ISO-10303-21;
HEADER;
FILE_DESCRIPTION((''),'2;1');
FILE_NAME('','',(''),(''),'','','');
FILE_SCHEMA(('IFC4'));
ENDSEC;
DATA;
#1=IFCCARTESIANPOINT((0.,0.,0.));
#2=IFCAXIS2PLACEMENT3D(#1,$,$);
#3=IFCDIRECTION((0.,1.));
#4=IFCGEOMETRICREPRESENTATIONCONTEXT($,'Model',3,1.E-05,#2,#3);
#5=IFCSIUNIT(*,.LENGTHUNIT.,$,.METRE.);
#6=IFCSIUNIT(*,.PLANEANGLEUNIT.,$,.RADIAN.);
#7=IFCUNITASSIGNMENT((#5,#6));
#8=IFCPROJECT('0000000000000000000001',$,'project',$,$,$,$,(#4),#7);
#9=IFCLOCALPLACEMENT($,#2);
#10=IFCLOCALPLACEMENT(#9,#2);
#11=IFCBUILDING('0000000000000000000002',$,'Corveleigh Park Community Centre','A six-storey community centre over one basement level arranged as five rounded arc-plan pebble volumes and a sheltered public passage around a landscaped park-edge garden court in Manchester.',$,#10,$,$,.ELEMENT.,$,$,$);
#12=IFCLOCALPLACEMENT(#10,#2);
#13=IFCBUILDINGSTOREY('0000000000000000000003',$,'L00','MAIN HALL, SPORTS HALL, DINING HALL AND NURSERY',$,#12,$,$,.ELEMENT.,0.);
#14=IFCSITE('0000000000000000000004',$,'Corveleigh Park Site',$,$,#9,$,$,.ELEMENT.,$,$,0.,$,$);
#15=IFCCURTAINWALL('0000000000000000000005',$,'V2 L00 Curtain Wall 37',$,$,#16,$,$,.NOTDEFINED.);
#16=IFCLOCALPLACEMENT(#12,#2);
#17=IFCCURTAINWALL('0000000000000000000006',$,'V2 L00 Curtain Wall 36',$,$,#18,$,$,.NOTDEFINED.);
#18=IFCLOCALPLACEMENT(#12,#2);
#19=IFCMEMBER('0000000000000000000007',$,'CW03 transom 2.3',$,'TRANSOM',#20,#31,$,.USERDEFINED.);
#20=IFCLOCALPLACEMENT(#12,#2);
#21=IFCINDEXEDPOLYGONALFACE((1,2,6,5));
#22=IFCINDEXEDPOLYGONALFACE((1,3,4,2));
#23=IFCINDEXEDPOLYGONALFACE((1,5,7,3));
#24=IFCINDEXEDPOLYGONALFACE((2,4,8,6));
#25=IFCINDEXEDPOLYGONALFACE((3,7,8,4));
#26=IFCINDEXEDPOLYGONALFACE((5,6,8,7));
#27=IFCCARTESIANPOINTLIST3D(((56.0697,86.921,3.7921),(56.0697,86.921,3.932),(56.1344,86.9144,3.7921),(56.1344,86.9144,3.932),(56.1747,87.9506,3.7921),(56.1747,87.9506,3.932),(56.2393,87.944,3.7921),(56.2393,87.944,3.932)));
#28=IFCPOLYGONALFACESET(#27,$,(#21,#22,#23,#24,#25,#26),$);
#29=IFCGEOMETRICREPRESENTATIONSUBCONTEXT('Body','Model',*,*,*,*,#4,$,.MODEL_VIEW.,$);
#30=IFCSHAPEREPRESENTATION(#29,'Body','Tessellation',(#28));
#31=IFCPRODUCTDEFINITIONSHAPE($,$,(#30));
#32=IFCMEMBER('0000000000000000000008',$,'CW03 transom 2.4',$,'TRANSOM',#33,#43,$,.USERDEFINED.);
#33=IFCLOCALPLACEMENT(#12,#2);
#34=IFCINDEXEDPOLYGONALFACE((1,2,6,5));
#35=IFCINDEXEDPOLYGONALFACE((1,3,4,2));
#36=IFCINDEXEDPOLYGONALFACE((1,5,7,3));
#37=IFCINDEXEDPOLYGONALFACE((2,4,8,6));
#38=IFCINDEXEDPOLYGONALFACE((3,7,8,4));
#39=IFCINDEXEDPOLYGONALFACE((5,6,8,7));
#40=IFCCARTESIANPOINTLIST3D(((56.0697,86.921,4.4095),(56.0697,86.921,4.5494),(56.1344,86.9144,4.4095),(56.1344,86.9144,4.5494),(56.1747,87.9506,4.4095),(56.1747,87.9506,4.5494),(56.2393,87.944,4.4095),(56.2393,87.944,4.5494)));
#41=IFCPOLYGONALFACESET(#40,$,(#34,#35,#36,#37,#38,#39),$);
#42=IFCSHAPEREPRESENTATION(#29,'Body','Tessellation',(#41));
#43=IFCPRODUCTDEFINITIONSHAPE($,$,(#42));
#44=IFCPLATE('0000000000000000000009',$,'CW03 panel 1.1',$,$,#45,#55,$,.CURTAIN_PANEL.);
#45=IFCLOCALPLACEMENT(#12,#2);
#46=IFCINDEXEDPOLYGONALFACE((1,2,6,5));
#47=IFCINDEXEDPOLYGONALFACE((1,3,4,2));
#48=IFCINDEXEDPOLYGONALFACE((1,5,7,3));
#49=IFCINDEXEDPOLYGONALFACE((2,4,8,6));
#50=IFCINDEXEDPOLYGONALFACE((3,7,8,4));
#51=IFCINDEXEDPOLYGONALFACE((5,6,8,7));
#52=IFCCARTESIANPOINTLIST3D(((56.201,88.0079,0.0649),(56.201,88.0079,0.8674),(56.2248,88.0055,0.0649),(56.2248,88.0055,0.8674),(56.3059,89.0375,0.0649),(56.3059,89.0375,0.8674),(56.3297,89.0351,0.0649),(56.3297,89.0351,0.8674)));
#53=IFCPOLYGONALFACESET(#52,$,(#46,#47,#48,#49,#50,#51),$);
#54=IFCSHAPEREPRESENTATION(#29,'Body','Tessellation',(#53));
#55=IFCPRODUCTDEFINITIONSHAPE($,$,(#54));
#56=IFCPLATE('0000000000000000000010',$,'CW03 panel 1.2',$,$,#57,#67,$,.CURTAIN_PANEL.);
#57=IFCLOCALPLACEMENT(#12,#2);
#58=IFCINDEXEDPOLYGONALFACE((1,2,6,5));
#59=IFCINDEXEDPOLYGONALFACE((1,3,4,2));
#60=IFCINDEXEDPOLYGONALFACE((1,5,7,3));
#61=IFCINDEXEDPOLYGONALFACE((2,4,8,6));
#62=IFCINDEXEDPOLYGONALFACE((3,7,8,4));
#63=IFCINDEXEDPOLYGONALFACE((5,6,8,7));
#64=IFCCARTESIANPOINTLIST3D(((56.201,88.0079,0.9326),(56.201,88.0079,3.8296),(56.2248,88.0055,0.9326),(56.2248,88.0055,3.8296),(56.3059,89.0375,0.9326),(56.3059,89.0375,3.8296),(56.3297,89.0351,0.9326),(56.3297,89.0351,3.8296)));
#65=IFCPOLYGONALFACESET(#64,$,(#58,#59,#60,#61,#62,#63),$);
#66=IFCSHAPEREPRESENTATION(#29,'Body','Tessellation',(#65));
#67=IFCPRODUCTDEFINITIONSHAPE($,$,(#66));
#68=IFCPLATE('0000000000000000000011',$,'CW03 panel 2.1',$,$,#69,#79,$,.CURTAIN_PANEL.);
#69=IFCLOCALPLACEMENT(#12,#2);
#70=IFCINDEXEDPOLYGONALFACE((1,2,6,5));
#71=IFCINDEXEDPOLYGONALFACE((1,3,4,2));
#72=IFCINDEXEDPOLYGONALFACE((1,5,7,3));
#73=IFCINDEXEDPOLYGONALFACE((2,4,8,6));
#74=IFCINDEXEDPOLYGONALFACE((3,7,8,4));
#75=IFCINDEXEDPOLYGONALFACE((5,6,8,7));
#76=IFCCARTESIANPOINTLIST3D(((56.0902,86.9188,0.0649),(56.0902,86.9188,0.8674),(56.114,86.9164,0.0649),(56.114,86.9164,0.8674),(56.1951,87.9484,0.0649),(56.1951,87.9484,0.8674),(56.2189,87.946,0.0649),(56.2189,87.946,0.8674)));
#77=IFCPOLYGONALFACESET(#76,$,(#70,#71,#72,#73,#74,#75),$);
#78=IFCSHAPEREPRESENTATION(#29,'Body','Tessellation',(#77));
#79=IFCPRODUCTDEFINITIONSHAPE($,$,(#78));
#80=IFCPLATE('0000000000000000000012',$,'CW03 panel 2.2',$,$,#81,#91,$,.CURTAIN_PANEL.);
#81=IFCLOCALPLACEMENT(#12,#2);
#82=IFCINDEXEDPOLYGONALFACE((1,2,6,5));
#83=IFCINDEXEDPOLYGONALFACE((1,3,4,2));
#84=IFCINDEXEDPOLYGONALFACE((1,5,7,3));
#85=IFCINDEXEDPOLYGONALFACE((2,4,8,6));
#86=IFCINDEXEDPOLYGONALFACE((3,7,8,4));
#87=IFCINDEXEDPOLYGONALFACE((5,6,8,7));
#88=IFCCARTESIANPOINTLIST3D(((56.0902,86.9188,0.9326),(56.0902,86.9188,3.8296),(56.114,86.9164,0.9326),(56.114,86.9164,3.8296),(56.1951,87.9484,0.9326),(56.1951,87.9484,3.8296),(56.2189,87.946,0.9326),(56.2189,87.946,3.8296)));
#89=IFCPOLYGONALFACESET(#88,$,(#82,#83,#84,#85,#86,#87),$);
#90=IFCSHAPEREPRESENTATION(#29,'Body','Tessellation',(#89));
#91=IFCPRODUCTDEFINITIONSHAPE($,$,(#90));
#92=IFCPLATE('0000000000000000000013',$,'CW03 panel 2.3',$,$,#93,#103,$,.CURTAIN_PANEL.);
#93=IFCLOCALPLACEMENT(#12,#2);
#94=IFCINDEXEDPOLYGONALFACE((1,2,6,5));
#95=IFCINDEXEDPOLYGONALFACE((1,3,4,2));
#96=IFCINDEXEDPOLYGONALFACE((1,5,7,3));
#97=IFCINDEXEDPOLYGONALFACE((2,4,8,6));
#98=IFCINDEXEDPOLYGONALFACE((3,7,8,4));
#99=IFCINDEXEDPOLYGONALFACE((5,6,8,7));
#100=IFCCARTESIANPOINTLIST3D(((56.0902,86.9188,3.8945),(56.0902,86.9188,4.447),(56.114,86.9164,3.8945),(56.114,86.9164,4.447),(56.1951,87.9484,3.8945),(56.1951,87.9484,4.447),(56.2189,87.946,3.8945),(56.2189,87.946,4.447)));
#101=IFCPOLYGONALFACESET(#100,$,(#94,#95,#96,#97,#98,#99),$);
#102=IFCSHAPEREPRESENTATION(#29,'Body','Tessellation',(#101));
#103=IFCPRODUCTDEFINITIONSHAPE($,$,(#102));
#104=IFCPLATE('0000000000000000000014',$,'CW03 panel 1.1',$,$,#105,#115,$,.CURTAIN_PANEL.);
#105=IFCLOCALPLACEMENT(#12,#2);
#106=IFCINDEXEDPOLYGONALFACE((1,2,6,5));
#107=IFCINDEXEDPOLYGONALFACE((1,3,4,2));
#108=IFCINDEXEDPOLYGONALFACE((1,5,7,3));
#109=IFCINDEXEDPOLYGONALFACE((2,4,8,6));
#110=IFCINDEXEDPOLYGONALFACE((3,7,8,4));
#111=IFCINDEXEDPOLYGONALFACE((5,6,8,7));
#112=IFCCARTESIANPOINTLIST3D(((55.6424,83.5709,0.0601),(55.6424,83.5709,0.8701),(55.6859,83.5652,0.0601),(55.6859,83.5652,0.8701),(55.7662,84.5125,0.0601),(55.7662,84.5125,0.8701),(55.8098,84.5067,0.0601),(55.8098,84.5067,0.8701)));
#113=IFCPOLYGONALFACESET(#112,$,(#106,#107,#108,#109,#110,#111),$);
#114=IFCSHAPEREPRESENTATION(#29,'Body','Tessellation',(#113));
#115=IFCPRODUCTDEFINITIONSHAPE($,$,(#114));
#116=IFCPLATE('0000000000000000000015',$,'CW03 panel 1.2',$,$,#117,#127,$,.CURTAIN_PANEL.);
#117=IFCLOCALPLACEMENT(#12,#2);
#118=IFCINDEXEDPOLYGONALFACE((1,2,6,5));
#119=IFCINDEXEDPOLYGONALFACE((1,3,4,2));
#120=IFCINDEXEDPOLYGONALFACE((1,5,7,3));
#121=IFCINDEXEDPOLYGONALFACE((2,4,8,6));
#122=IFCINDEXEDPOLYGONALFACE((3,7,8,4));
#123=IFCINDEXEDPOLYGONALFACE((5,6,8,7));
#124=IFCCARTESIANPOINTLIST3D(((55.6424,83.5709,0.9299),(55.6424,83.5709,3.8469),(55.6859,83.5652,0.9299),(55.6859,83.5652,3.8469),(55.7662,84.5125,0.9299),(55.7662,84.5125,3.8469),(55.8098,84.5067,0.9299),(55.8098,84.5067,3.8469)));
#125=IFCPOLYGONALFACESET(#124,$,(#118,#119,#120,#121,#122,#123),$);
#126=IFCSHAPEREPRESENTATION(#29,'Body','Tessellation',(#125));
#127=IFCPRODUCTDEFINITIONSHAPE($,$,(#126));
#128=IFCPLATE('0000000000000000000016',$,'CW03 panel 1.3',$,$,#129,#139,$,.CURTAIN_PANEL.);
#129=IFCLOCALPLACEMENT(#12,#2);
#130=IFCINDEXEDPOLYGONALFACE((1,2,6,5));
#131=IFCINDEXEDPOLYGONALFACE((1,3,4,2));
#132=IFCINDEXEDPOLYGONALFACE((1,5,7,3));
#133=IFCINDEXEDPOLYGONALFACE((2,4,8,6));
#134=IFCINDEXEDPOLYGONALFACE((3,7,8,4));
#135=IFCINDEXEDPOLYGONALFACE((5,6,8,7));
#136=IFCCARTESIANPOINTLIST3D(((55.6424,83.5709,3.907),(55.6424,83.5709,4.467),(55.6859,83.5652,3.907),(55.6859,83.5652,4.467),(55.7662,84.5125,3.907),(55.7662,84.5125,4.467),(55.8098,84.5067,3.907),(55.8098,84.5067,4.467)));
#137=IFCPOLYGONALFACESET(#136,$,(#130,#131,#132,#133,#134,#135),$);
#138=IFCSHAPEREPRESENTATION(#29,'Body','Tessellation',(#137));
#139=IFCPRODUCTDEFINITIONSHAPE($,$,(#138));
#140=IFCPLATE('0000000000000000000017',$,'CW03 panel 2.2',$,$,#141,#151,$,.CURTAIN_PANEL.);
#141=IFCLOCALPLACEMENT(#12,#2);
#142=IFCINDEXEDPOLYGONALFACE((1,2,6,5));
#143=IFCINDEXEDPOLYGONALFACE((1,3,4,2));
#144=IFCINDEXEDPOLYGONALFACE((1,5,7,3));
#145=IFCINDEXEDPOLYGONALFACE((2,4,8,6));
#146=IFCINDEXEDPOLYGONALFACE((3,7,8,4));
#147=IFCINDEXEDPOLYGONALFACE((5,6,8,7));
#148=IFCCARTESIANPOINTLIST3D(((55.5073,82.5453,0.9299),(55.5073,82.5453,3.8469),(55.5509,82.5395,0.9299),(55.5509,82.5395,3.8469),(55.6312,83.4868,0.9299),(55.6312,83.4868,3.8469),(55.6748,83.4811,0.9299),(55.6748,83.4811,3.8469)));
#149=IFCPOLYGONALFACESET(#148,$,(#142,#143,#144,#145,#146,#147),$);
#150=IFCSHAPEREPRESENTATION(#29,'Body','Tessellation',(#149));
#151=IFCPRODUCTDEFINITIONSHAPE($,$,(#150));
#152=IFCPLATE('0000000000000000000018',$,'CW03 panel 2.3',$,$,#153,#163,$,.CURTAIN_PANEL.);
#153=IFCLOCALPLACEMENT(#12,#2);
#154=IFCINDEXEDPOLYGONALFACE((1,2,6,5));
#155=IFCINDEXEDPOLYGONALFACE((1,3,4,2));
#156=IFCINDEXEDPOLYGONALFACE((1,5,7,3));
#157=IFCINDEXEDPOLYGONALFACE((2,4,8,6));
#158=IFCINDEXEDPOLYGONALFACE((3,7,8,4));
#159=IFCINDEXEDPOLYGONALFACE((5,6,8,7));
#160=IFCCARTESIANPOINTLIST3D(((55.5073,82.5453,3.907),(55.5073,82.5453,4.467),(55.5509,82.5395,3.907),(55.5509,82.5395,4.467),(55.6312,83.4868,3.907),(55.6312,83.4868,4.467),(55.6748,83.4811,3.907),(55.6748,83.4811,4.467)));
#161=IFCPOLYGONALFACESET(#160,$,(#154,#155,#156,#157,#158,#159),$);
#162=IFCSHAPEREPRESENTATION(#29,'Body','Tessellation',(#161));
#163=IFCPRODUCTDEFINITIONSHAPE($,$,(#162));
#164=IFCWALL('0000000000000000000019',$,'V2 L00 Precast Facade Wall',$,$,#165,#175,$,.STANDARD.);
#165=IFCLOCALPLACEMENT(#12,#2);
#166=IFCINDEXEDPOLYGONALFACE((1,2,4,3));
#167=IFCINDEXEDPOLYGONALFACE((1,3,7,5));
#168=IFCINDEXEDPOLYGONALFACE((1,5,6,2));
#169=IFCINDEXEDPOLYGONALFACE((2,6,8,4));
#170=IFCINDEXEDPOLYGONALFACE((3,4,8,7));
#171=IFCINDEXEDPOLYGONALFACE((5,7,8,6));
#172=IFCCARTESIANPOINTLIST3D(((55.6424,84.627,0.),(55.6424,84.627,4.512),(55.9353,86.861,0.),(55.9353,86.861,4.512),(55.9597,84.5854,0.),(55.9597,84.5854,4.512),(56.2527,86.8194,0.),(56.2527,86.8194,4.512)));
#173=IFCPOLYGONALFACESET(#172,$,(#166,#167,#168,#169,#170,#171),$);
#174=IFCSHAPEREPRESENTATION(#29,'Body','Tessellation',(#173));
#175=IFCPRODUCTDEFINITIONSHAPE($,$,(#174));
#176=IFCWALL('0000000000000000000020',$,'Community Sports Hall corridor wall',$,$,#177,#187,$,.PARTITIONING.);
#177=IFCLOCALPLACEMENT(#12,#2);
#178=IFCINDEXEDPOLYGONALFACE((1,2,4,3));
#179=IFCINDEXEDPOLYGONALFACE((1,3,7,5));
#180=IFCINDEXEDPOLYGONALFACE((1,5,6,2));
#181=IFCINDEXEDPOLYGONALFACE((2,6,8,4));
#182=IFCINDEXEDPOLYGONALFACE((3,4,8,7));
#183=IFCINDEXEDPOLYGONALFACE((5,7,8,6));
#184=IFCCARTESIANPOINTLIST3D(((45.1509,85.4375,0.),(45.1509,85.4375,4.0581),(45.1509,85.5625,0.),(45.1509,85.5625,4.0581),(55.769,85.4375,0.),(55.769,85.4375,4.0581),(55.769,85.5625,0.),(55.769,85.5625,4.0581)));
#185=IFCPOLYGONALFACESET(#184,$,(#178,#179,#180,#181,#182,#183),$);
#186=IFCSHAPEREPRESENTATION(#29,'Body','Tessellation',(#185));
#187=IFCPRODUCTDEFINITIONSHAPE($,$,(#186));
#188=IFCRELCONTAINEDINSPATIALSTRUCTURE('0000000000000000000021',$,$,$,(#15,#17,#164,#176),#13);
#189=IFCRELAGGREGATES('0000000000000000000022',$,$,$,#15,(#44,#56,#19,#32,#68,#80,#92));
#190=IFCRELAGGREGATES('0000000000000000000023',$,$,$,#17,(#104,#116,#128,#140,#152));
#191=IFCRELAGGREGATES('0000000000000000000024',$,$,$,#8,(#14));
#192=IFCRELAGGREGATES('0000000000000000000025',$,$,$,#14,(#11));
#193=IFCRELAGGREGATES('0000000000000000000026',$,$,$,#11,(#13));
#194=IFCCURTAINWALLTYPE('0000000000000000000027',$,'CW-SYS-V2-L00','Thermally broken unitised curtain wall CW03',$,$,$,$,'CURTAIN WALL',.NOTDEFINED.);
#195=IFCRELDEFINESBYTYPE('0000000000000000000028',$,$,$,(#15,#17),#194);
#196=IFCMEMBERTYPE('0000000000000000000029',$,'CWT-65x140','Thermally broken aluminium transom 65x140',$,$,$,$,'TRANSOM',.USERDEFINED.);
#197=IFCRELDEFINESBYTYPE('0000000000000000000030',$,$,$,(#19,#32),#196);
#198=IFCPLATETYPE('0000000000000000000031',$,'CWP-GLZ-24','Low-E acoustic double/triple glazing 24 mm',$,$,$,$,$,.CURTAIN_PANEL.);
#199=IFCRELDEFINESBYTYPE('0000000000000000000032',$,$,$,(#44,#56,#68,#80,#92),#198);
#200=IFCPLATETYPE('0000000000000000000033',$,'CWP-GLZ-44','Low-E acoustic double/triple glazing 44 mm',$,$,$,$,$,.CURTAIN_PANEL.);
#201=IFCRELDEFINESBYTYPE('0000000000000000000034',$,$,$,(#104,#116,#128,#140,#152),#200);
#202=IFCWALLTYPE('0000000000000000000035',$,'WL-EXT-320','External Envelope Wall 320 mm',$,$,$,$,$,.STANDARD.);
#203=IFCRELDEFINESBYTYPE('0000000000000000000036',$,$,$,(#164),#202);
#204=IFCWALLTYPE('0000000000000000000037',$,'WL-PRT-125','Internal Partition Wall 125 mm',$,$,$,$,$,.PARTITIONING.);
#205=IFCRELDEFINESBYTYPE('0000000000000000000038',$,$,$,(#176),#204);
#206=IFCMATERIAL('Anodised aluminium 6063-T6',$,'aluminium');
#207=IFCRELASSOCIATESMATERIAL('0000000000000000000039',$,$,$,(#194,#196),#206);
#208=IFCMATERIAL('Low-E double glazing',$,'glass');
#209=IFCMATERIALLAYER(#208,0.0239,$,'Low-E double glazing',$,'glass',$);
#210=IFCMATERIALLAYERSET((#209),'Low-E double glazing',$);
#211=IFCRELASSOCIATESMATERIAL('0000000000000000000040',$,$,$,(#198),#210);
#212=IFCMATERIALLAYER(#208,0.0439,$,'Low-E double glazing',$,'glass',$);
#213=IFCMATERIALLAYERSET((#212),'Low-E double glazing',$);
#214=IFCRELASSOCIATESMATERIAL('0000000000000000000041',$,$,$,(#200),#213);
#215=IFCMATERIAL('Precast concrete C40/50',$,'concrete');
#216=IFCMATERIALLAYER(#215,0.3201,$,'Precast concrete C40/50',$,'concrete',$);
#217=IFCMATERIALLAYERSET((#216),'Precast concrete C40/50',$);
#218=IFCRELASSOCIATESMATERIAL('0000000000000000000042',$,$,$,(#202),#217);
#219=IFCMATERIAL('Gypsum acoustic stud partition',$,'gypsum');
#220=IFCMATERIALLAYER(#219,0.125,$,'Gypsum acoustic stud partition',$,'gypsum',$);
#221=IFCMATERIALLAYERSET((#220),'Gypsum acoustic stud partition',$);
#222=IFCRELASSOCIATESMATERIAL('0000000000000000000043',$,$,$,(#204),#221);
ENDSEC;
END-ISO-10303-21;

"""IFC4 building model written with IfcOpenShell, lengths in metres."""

from ifc_helpers import new_model, si_unit, direction, frame, frame_2d, origin, origin_2d, place, context, subcontext, project, spatial, rectangle, extrude, material, layer, layer_set, material_profile, profile_set, type_object, element, aggregate, save


model = new_model("IFC4")

# Units and contexts
model_context = context("Model", 3, precision=1e-05, world=origin(), true_north=direction((0.0, 1.0)))
body_context = subcontext(model_context, "Body", "Model", "MODEL_VIEW")
ifc_project = project(units=[si_unit("LENGTHUNIT", "METRE"), si_unit("PLANEANGLEUNIT", "RADIAN")], contexts=[model_context])

# Site, building, storey
site_placement = place(None, origin())
site = spatial("IfcSite", under=ifc_project, at=site_placement, Name="Corveleigh Park Site", CompositionType="ELEMENT", RefElevation=0.0)
building_placement = place(site_placement, origin())
building = spatial("IfcBuilding", under=site, at=building_placement, Name="Corveleigh Park Community Centre", Description="A six-storey community centre over one basement level arranged as five rounded arc-plan pebble volumes and a sheltered public passage around a landscaped park-edge garden court in Manchester.", CompositionType="ELEMENT")
storey_placement = place(building_placement, origin())
storey = spatial("IfcBuildingStorey", under=building, at=storey_placement, Name="L00", Description="MAIN HALL, SPORTS HALL, DINING HALL AND NURSERY", CompositionType="ELEMENT", Elevation=0.0)

# Curtain walls
ifc_material_1 = material(Name="Anodised aluminium 6063-T6", Category="aluminium")
curtain_wall_type = type_object("IfcCurtainWallType", Name="CW-SYS-V2-L00", Description="Thermally broken unitised curtain wall CW03", ElementType="CURTAIN WALL", PredefinedType="NOTDEFINED", material=ifc_material_1)
curtain_wall_1_placement = place(storey_placement, origin())
curtain_wall_1 = element("IfcCurtainWall", 1, at=curtain_wall_1_placement, inside=storey, type_object=curtain_wall_type, Name="V2 L00 Curtain Wall 37", PredefinedType="NOTDEFINED")
curtain_wall_2_placement = place(storey_placement, origin())
curtain_wall_2 = element("IfcCurtainWall", 2, at=curtain_wall_2_placement, inside=storey, type_object=curtain_wall_type, Name="V2 L00 Curtain Wall 36", PredefinedType="NOTDEFINED")

# Members
ifc_material_profile_1 = material_profile(ifc_material_1, rectangle(XDim=0.0649, YDim=0.1399, at=origin_2d()), Name="ALU-T65x140", Category="aluminium")
ifc_profile_set_1 = profile_set([ifc_material_profile_1], Name="Anodised aluminium 6063-T6")
member_type_1 = type_object("IfcMemberType", Name="CWT-65x140", Description="Thermally broken aluminium transom 65x140", ElementType="TRANSOM", PredefinedType="USERDEFINED", material=ifc_profile_set_1)
member_1_placement = place(storey_placement, frame((56.207, 87.9473, 3.8621), z_axis=(-0.101442, -0.994841, 0.0), x_axis=(0.994841, -0.101442, 0.0)))
member_1 = element("IfcMember", 3, at=member_1_placement, type_object=member_type_1, Name="CW03 transom 2.3", ObjectType="TRANSOM", PredefinedType="USERDEFINED", context=body_context, shape_type="SweptSolid", body=[
    extrude(rectangle(XDim=0.0649, YDim=0.1399, at=origin_2d()), origin(), (0.0, 0.0, 1.0), 1.0349),
])
member_2_placement = place(storey_placement, frame((56.207, 87.9473, 4.4795), z_axis=(-0.101442, -0.994841, 0.0), x_axis=(0.994841, -0.101442, 0.0)))
member_2 = element("IfcMember", 4, at=member_2_placement, type_object=member_type_1, Name="CW03 transom 2.4", ObjectType="TRANSOM", PredefinedType="USERDEFINED", context=body_context, shape_type="SweptSolid", body=[
    extrude(rectangle(XDim=0.0649, YDim=0.1399, at=origin_2d()), origin(), (0.0, 0.0, 1.0), 1.0349),
])

# Plates
ifc_material_2 = material(Name="Low-E double glazing", Category="glass")
ifc_layer_1 = layer(ifc_material_2, 0.0239, Name="Low-E double glazing", Category="glass")
ifc_layer_set_1 = layer_set([ifc_layer_1], Name="Low-E double glazing")
plate_type_1 = type_object("IfcPlateType", Name="CWP-GLZ-24", Description="Low-E acoustic double/triple glazing 24 mm", PredefinedType="CURTAIN_PANEL", material=ifc_layer_set_1)
plate_1_placement = place(storey_placement, frame((56.2654, 88.5215, 0.0649), z_axis=(0.0, 0.0, 1.0), x_axis=(-0.101352, -0.994851, 0.0)))
plate_1 = element("IfcPlate", 5, at=plate_1_placement, type_object=plate_type_1, Name="CW03 panel 1.1", PredefinedType="CURTAIN_PANEL", context=body_context, shape_type="SweptSolid", body=[
    extrude(rectangle(XDim=1.0349, YDim=0.0239, at=origin_2d()), origin(), (0.0, 0.0, 1.0), 0.8025),
])
plate_2_placement = place(storey_placement, frame((56.2654, 88.5215, 0.9326), z_axis=(0.0, 0.0, 1.0), x_axis=(-0.101352, -0.994851, 0.0)))
plate_2 = element("IfcPlate", 6, at=plate_2_placement, type_object=plate_type_1, Name="CW03 panel 1.2", PredefinedType="CURTAIN_PANEL", context=body_context, shape_type="SweptSolid", body=[
    extrude(rectangle(XDim=1.0349, YDim=0.0239, at=origin_2d()), origin(), (0.0, 0.0, 1.0), 2.897),
])
plate_3_placement = place(storey_placement, frame((56.1545, 87.4324, 0.0649), z_axis=(0.0, 0.0, 1.0), x_axis=(-0.101352, -0.994851, 0.0)))
plate_3 = element("IfcPlate", 7, at=plate_3_placement, type_object=plate_type_1, Name="CW03 panel 2.1", PredefinedType="CURTAIN_PANEL", context=body_context, shape_type="SweptSolid", body=[
    extrude(rectangle(XDim=1.0349, YDim=0.0239, at=origin_2d()), origin(), (0.0, 0.0, 1.0), 0.8025),
])
plate_4_placement = place(storey_placement, frame((56.1545, 87.4324, 0.9326), z_axis=(0.0, 0.0, 1.0), x_axis=(-0.101352, -0.994851, 0.0)))
plate_4 = element("IfcPlate", 8, at=plate_4_placement, type_object=plate_type_1, Name="CW03 panel 2.2", PredefinedType="CURTAIN_PANEL", context=body_context, shape_type="SweptSolid", body=[
    extrude(rectangle(XDim=1.0349, YDim=0.0239, at=origin_2d()), origin(), (0.0, 0.0, 1.0), 2.897),
])
plate_5_placement = place(storey_placement, frame((56.1545, 87.4324, 3.8945), z_axis=(0.0, 0.0, 1.0), x_axis=(-0.101352, -0.994851, 0.0)))
plate_5 = element("IfcPlate", 9, at=plate_5_placement, type_object=plate_type_1, Name="CW03 panel 2.3", PredefinedType="CURTAIN_PANEL", context=body_context, shape_type="SweptSolid", body=[
    extrude(rectangle(XDim=1.0349, YDim=0.0239, at=origin_2d()), origin(), (0.0, 0.0, 1.0), 0.5525),
])
aggregate(curtain_wall_1, [plate_1, plate_2, member_1, member_2, plate_3, plate_4, plate_5])
ifc_layer_2 = layer(ifc_material_2, 0.0439, Name="Low-E double glazing", Category="glass")
ifc_layer_set_2 = layer_set([ifc_layer_2], Name="Low-E double glazing")
plate_type_2 = type_object("IfcPlateType", Name="CWP-GLZ-44", Description="Low-E acoustic double/triple glazing 44 mm", PredefinedType="CURTAIN_PANEL", material=ifc_layer_set_2)
plate_6_placement = place(storey_placement, frame((55.7261, 84.0388, 0.0601), z_axis=(0.0, 0.0, 1.0), x_axis=(-0.13043, -0.991457, 0.0)))
plate_6 = element("IfcPlate", 10, at=plate_6_placement, type_object=plate_type_2, Name="CW03 panel 1.1", PredefinedType="CURTAIN_PANEL", context=body_context, shape_type="SweptSolid", body=[
    extrude(rectangle(XDim=0.9497, YDim=0.0439, at=origin_2d()), origin(), (0.0, 0.0, 1.0), 0.8101),
])
plate_7_placement = place(storey_placement, frame((55.7261, 84.0388, 0.9299), z_axis=(0.0, 0.0, 1.0), x_axis=(-0.13043, -0.991457, 0.0)))
plate_7 = element("IfcPlate", 11, at=plate_7_placement, type_object=plate_type_2, Name="CW03 panel 1.2", PredefinedType="CURTAIN_PANEL", context=body_context, shape_type="SweptSolid", body=[
    extrude(rectangle(XDim=0.9497, YDim=0.0439, at=origin_2d()), origin(), (0.0, 0.0, 1.0), 2.917),
])
plate_8_placement = place(storey_placement, frame((55.7261, 84.0388, 3.907), z_axis=(0.0, 0.0, 1.0), x_axis=(-0.13043, -0.991457, 0.0)))
plate_8 = element("IfcPlate", 12, at=plate_8_placement, type_object=plate_type_2, Name="CW03 panel 1.3", PredefinedType="CURTAIN_PANEL", context=body_context, shape_type="SweptSolid", body=[
    extrude(rectangle(XDim=0.9497, YDim=0.0439, at=origin_2d()), origin(), (0.0, 0.0, 1.0), 0.5601),
])
plate_9_placement = place(storey_placement, frame((55.5911, 83.0132, 0.9299), z_axis=(0.0, 0.0, 1.0), x_axis=(-0.13043, -0.991457, 0.0)))
plate_9 = element("IfcPlate", 13, at=plate_9_placement, type_object=plate_type_2, Name="CW03 panel 2.2", PredefinedType="CURTAIN_PANEL", context=body_context, shape_type="SweptSolid", body=[
    extrude(rectangle(XDim=0.9497, YDim=0.0439, at=origin_2d()), origin(), (0.0, 0.0, 1.0), 2.917),
])
plate_10_placement = place(storey_placement, frame((55.5911, 83.0132, 3.907), z_axis=(0.0, 0.0, 1.0), x_axis=(-0.13043, -0.991457, 0.0)))
plate_10 = element("IfcPlate", 14, at=plate_10_placement, type_object=plate_type_2, Name="CW03 panel 2.3", PredefinedType="CURTAIN_PANEL", context=body_context, shape_type="SweptSolid", body=[
    extrude(rectangle(XDim=0.9497, YDim=0.0439, at=origin_2d()), origin(), (0.0, 0.0, 1.0), 0.5601),
])
aggregate(curtain_wall_2, [plate_6, plate_7, plate_8, plate_9, plate_10])

# Walls
ifc_material_3 = material(Name="Precast concrete C40/50", Category="concrete")
ifc_layer_3 = layer(ifc_material_3, 0.3201, Name="Precast concrete C40/50", Category="concrete")
ifc_layer_set_3 = layer_set([ifc_layer_3], Name="Precast concrete C40/50")
wall_type_1 = type_object("IfcWallType", Name="WL-EXT-320", Description="External Envelope Wall 320 mm", PredefinedType="STANDARD", material=ifc_layer_set_3)
wall_1_placement = place(storey_placement, frame((56.094, 86.8401, 0.0), z_axis=(0.0, 0.0, 1.0), x_axis=(-0.13002, -0.991511, 0.0)))
element("IfcWall", 15, at=wall_1_placement, inside=storey, type_object=wall_type_1, Name="V2 L00 Precast Facade Wall", PredefinedType="STANDARD", context=body_context, shape_type="SweptSolid", body=[
    extrude(rectangle(XDim=2.2532, YDim=0.3201, at=frame_2d((1.1265, 0.0))), origin(), (0.0, 0.0, 1.0), 4.512),
])
ifc_material_4 = material(Name="Gypsum acoustic stud partition", Category="gypsum")
ifc_layer_4 = layer(ifc_material_4, 0.125, Name="Gypsum acoustic stud partition", Category="gypsum")
ifc_layer_set_4 = layer_set([ifc_layer_4], Name="Gypsum acoustic stud partition")
wall_type_2 = type_object("IfcWallType", Name="WL-PRT-125", Description="Internal Partition Wall 125 mm", PredefinedType="PARTITIONING", material=ifc_layer_set_4)
wall_2_placement = place(storey_placement, frame((55.769, 85.5, 0.0), z_axis=(0.0, 0.0, 1.0), x_axis=(-1.0, 0.0, 0.0)))
element("IfcWall", 16, at=wall_2_placement, inside=storey, type_object=wall_type_2, Name="Community Sports Hall corridor wall", PredefinedType="PARTITIONING", context=body_context, shape_type="SweptSolid", body=[
    extrude(rectangle(XDim=10.6182, YDim=0.125, at=frame_2d((5.3091, 0.0))), origin(), (0.0, 0.0, 1.0), 4.0581),
])

save(model, "model.ifc")
